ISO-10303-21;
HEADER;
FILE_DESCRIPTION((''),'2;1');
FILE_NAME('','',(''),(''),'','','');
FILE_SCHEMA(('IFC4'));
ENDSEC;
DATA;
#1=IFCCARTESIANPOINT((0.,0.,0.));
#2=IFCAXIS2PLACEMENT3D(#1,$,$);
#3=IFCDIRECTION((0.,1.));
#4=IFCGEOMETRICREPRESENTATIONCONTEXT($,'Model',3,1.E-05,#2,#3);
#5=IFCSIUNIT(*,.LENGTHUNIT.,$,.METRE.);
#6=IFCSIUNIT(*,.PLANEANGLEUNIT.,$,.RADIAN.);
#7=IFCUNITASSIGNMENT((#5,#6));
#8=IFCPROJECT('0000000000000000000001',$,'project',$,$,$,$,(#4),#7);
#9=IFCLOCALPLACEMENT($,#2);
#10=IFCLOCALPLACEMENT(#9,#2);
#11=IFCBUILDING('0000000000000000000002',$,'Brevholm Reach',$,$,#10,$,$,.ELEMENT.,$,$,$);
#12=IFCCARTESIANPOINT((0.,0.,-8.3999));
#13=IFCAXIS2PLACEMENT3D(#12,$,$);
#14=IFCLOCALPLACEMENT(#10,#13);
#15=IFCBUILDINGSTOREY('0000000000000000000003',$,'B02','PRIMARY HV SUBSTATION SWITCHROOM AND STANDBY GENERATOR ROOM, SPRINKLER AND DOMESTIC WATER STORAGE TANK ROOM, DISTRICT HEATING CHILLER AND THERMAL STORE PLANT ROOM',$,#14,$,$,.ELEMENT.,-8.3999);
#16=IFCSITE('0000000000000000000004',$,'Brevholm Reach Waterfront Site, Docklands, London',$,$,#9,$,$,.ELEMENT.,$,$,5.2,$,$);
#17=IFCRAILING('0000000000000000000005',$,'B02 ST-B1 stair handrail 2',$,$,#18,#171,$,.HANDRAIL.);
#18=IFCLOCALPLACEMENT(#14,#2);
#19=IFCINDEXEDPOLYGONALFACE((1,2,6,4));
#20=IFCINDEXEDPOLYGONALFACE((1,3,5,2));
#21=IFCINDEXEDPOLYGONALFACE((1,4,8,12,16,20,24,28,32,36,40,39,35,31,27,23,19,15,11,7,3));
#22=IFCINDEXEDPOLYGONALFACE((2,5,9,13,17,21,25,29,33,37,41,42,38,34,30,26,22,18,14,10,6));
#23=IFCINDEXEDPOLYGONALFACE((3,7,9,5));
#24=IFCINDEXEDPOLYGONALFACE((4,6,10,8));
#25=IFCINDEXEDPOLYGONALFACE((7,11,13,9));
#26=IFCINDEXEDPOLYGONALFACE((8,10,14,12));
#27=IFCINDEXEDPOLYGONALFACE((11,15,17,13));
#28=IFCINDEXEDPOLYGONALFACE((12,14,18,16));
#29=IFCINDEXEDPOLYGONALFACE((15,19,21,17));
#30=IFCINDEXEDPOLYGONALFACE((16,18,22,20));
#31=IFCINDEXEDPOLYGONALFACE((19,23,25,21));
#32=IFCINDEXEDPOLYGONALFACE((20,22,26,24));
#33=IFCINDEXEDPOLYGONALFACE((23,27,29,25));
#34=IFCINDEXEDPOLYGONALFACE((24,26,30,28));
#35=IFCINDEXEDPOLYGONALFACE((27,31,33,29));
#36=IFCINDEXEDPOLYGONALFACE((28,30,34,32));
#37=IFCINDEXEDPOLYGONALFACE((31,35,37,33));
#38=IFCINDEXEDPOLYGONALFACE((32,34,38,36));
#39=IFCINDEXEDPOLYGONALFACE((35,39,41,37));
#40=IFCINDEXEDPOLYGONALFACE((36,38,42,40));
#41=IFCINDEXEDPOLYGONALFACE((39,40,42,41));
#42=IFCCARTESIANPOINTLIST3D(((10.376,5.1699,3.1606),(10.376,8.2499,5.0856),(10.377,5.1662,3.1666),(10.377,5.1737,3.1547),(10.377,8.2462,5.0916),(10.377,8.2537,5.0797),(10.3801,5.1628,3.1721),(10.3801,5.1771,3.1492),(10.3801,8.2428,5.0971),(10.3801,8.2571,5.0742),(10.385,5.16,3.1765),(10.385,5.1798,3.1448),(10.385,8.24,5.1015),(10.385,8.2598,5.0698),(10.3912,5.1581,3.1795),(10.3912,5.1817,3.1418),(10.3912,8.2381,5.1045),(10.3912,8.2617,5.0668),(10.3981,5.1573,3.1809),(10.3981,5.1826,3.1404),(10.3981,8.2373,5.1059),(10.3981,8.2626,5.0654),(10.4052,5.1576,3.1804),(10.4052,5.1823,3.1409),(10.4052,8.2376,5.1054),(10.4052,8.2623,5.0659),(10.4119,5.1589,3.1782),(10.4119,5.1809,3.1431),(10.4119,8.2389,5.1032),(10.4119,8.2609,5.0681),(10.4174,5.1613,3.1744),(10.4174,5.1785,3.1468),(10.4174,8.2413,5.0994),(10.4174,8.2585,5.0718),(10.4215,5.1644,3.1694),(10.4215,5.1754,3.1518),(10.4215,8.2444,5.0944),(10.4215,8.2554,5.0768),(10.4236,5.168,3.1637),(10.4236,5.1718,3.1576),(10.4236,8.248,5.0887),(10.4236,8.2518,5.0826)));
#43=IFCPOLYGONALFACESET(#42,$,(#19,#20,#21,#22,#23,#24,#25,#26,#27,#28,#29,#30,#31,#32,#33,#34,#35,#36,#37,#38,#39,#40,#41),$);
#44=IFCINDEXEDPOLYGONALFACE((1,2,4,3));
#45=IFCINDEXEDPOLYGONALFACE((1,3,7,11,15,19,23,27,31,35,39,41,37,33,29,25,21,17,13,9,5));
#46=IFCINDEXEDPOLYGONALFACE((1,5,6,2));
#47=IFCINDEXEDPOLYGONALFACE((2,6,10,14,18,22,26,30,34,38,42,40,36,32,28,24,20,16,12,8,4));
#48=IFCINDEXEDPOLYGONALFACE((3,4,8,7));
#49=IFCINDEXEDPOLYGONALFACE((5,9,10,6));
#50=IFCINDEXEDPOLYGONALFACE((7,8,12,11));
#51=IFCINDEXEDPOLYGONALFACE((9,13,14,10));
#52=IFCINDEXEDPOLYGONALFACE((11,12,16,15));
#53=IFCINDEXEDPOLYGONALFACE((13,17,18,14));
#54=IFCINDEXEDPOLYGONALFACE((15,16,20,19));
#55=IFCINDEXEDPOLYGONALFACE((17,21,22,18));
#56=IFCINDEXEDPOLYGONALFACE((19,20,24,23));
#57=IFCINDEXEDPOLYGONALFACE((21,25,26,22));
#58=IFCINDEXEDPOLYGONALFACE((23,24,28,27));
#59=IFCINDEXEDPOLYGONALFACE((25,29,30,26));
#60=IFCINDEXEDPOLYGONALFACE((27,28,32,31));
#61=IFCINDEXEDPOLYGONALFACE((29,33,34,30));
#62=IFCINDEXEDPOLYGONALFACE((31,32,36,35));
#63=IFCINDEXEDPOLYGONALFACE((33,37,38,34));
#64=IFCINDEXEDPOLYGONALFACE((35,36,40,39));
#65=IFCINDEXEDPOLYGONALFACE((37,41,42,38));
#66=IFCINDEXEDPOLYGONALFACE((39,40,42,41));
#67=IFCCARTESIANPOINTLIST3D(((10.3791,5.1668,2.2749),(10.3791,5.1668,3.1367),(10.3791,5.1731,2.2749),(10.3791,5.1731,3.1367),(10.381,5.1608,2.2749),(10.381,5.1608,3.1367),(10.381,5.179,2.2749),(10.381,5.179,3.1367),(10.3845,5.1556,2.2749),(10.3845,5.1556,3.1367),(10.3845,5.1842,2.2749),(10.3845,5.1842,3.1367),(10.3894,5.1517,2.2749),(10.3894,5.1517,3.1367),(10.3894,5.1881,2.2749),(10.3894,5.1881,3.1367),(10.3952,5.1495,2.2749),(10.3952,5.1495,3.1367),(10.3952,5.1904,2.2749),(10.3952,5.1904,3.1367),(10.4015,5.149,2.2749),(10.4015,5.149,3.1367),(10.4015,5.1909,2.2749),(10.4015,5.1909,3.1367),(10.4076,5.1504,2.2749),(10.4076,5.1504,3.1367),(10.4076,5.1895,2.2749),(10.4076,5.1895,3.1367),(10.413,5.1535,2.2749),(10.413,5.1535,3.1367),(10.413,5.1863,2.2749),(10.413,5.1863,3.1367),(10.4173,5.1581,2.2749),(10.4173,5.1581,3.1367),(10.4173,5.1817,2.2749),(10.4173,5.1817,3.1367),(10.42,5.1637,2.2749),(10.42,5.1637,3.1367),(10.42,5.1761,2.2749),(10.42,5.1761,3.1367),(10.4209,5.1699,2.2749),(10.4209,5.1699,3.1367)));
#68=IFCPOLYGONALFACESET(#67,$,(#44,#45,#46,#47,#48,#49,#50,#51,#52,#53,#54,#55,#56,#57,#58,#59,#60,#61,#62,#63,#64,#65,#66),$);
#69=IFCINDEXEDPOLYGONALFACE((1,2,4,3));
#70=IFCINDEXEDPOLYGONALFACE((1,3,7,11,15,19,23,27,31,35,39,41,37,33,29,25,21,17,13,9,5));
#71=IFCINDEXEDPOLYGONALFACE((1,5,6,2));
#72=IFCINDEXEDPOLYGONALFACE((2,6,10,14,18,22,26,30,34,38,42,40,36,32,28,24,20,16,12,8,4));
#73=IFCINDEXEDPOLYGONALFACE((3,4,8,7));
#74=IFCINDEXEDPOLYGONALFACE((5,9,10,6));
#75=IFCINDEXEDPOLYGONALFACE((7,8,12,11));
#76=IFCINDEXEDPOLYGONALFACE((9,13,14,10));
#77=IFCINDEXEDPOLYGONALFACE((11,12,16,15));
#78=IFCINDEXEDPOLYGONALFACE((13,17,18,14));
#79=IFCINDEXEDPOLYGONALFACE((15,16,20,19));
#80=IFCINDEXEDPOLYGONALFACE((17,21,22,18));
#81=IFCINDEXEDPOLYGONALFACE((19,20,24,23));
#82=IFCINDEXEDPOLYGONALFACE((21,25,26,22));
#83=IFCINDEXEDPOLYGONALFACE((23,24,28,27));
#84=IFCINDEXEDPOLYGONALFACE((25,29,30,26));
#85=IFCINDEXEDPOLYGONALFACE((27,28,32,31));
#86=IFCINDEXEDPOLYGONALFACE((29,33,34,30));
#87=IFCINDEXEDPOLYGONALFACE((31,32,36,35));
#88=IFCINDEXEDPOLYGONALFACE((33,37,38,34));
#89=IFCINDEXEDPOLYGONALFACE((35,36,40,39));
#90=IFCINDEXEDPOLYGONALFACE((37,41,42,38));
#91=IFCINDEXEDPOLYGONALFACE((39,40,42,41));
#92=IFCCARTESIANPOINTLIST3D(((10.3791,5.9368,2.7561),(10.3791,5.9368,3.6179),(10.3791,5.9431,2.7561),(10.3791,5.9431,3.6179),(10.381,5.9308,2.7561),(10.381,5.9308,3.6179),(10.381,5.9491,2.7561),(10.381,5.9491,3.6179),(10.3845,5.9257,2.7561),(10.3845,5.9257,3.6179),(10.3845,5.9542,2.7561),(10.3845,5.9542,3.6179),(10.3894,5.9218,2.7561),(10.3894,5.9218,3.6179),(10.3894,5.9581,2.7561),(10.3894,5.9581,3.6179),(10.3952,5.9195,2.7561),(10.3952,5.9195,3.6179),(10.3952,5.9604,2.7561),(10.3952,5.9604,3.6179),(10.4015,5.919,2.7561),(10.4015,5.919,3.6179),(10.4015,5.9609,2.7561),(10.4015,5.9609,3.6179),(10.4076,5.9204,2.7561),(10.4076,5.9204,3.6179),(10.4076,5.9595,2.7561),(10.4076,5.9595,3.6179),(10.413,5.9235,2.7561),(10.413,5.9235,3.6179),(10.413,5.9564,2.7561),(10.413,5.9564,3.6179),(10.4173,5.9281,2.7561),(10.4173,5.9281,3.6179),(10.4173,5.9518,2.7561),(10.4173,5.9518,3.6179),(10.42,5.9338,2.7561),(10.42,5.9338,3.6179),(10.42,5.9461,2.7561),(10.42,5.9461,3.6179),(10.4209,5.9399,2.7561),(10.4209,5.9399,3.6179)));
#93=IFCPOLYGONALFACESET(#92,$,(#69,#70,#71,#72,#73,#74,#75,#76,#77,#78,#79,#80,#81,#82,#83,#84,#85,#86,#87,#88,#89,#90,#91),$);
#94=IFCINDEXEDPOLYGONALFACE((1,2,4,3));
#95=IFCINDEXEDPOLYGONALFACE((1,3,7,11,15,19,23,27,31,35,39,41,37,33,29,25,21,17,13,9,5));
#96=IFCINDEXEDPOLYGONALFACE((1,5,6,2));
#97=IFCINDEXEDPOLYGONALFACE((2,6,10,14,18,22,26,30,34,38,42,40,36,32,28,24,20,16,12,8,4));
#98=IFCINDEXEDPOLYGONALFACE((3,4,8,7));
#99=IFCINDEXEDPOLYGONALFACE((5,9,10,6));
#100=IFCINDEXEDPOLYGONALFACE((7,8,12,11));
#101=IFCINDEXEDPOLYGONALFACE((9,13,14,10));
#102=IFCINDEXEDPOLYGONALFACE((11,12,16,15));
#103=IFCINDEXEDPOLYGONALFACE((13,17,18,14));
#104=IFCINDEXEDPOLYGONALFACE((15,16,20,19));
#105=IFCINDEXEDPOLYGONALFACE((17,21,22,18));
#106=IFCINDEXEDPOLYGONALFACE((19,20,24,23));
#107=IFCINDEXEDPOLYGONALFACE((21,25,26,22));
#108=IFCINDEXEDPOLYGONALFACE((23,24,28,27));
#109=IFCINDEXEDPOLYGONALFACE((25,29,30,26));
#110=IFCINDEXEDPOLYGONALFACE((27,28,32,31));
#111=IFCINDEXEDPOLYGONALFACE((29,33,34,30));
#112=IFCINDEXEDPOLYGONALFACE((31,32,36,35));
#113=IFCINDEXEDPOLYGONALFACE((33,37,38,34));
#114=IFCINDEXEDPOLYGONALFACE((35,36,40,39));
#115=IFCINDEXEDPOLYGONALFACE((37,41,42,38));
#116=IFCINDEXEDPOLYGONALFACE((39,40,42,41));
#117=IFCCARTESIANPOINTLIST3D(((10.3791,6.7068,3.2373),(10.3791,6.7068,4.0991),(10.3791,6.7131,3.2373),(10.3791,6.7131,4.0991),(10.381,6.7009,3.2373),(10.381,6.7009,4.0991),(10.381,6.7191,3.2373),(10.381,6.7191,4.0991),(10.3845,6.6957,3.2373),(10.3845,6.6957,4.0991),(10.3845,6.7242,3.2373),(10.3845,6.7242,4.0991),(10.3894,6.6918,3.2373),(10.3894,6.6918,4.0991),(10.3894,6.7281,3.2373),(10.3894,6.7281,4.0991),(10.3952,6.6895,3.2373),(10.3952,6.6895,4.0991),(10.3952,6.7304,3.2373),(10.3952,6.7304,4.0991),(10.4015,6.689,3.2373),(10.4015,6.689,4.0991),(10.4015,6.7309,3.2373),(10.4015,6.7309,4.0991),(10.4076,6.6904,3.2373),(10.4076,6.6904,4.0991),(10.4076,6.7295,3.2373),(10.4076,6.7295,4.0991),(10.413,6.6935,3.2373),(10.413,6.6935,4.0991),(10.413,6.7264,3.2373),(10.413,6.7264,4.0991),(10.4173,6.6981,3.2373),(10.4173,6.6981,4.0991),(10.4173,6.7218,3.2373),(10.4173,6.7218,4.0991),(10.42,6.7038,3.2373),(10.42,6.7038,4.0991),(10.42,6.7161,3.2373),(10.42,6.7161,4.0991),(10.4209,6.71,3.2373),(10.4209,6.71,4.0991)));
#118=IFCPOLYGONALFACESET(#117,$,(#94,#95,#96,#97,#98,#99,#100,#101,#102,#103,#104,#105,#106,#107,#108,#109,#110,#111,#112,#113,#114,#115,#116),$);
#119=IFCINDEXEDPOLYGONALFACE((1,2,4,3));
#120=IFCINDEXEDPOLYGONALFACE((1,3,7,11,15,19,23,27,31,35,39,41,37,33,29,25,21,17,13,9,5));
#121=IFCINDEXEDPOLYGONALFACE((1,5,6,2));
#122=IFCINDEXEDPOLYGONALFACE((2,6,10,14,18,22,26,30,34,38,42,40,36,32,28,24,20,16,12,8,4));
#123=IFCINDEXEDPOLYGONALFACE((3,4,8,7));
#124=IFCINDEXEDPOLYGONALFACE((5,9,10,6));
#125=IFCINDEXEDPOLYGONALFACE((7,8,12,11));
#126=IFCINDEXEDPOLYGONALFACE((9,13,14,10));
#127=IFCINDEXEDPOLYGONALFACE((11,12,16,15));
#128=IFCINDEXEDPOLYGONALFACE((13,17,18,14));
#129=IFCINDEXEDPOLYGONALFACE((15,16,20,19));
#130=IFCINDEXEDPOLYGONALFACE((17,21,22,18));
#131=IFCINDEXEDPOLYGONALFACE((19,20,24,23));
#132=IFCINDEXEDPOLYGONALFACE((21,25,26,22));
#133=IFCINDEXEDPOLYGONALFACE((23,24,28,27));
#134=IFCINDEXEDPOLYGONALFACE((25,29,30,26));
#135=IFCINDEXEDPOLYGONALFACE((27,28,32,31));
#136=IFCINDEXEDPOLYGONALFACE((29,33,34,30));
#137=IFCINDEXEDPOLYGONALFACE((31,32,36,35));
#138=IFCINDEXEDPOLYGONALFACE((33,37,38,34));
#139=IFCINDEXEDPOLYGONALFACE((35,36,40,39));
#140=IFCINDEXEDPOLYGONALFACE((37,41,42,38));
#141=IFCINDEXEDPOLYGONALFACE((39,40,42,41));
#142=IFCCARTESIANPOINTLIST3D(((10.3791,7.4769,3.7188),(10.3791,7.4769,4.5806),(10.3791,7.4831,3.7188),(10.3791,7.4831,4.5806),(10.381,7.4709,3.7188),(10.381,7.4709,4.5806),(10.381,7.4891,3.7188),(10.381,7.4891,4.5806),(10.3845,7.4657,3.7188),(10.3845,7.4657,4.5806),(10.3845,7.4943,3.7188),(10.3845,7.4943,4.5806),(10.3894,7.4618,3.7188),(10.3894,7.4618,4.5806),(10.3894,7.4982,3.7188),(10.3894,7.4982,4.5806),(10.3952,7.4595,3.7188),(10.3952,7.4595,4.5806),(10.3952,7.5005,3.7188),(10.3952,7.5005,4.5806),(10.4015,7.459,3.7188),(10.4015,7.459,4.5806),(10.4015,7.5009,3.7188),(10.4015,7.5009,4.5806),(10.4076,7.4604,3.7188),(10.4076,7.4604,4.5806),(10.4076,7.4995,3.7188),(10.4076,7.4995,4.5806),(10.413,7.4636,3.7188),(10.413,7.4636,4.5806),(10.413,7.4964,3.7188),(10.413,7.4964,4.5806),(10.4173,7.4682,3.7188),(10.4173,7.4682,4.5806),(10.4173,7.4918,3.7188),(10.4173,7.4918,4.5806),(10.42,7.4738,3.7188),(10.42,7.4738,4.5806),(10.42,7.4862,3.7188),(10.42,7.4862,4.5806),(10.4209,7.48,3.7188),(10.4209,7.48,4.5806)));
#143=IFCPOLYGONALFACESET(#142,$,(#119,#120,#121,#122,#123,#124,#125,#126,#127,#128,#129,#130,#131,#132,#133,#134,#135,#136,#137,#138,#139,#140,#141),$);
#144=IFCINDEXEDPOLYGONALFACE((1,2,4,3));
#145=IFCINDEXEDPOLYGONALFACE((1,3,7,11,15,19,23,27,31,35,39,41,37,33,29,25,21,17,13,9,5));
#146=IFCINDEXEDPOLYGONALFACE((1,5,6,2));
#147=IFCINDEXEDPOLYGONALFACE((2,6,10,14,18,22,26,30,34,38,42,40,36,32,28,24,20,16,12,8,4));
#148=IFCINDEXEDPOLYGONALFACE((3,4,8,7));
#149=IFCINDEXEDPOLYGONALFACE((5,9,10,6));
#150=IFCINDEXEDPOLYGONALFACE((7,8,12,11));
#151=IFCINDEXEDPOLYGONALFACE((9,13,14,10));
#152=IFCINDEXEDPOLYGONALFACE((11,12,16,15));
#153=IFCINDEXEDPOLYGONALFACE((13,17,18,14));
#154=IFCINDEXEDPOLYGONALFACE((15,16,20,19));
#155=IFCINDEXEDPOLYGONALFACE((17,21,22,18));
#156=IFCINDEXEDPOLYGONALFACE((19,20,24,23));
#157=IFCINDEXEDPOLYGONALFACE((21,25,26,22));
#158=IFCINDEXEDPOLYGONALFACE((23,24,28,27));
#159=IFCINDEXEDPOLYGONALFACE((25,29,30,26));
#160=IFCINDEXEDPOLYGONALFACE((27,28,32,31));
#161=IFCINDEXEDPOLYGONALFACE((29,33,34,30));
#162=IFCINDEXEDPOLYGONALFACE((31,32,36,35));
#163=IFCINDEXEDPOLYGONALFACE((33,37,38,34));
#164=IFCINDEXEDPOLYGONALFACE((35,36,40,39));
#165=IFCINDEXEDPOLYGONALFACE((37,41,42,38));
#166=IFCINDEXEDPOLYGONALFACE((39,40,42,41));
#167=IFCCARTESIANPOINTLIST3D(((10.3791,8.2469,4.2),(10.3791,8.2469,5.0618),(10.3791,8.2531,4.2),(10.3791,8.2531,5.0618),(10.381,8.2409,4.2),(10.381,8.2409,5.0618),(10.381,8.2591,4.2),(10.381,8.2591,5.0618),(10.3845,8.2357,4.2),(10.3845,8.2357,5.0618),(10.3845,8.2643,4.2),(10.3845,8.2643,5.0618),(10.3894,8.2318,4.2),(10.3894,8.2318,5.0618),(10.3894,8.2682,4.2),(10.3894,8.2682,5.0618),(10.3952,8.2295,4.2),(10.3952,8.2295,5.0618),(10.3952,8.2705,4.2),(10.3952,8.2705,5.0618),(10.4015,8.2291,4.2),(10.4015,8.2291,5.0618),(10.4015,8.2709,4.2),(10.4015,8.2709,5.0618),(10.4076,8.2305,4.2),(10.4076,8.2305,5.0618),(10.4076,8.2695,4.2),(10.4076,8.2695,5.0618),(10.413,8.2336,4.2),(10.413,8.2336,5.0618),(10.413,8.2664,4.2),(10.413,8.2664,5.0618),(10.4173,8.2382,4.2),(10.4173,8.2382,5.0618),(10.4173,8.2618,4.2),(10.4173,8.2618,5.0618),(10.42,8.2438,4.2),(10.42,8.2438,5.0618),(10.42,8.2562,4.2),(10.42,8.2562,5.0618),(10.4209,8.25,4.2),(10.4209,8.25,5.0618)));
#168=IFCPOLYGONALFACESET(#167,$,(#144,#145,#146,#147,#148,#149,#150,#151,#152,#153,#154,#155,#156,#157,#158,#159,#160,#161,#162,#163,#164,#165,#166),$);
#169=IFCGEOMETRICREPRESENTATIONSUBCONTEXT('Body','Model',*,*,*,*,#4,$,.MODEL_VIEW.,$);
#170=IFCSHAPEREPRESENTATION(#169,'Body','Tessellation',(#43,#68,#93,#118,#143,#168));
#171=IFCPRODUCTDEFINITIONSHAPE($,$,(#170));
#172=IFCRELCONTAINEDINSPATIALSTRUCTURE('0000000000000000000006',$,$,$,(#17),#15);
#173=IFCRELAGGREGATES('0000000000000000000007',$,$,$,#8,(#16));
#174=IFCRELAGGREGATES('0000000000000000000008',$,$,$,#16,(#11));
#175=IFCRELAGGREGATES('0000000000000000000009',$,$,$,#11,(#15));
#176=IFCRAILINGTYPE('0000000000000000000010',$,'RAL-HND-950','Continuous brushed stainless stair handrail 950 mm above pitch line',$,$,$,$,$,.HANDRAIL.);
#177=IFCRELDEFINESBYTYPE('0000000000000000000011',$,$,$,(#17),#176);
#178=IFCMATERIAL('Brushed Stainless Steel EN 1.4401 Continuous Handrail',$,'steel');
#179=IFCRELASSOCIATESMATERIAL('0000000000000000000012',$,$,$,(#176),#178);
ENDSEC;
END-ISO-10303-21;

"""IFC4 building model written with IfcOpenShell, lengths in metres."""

from ifc_helpers import new_model, si_unit, direction, frame, origin, origin_2d, place, context, subcontext, project, spatial, circle, extrude, material, type_object, element, save


model = new_model("IFC4")

# Units and contexts
model_context = context("Model", 3, precision=1e-05, world=origin(), true_north=direction((0.0, 1.0)))
body_context = subcontext(model_context, "Body", "Model", "MODEL_VIEW")
ifc_project = project(units=[si_unit("LENGTHUNIT", "METRE"), si_unit("PLANEANGLEUNIT", "RADIAN")], contexts=[model_context])

# Site, building, storey
site_placement = place(None, origin())
site = spatial("IfcSite", under=ifc_project, at=site_placement, Name="Brevholm Reach Waterfront Site, Docklands, London", CompositionType="ELEMENT", RefElevation=5.2)
building_placement = place(site_placement, origin())
building = spatial("IfcBuilding", under=site, at=building_placement, Name="Brevholm Reach", CompositionType="ELEMENT")
storey_placement = place(building_placement, frame((0.0, 0.0, -8.3999)))
storey = spatial("IfcBuildingStorey", under=building, at=storey_placement, Name="B02", Description="PRIMARY HV SUBSTATION SWITCHROOM AND STANDBY GENERATOR ROOM, SPRINKLER AND DOMESTIC WATER STORAGE TANK ROOM, DISTRICT HEATING CHILLER AND THERMAL STORE PLANT ROOM", CompositionType="ELEMENT", Elevation=-8.3999)

# Railing
ifc_material_1 = material(Name="Brushed Stainless Steel EN 1.4401 Continuous Handrail", Category="steel")
railing_type_1 = type_object("IfcRailingType", Name="RAL-HND-950", Description="Continuous brushed stainless stair handrail 950 mm above pitch line", PredefinedType="HANDRAIL", material=ifc_material_1)
railing_1_placement = place(storey_placement, frame((10.3999, 5.1699, 2.2749)))
element("IfcRailing", 1, at=railing_1_placement, inside=storey, type_object=railing_type_1, Name="B02 ST-B1 stair handrail 2", PredefinedType="HANDRAIL", context=body_context, shape_type="SweptSolid", body=[
    extrude(circle(Radius=0.0239, at=origin_2d()), frame((0.0, 0.0, 0.8857), z_axis=(0.0, 0.847998, 0.529999), x_axis=(-1.0, 0.0, 0.0)), (0.0, 0.0, 1.0), 3.6321),
    extrude(circle(Radius=0.021, at=origin_2d()), origin(), (0.0, 0.0, 1.0), 0.8618),
    extrude(circle(Radius=0.021, at=origin_2d()), frame((0.0, 0.77, 0.4812)), (0.0, 0.0, 1.0), 0.8618),
    extrude(circle(Radius=0.021, at=origin_2d()), frame((0.0, 1.54, 0.9624)), (0.0, 0.0, 1.0), 0.8618),
    extrude(circle(Radius=0.021, at=origin_2d()), frame((0.0, 2.3101, 1.4438)), (0.0, 0.0, 1.0), 0.8618),
    extrude(circle(Radius=0.021, at=origin_2d()), frame((0.0, 3.0801, 1.925)), (0.0, 0.0, 1.0), 0.8618),
])

save(model, "model.ifc")
